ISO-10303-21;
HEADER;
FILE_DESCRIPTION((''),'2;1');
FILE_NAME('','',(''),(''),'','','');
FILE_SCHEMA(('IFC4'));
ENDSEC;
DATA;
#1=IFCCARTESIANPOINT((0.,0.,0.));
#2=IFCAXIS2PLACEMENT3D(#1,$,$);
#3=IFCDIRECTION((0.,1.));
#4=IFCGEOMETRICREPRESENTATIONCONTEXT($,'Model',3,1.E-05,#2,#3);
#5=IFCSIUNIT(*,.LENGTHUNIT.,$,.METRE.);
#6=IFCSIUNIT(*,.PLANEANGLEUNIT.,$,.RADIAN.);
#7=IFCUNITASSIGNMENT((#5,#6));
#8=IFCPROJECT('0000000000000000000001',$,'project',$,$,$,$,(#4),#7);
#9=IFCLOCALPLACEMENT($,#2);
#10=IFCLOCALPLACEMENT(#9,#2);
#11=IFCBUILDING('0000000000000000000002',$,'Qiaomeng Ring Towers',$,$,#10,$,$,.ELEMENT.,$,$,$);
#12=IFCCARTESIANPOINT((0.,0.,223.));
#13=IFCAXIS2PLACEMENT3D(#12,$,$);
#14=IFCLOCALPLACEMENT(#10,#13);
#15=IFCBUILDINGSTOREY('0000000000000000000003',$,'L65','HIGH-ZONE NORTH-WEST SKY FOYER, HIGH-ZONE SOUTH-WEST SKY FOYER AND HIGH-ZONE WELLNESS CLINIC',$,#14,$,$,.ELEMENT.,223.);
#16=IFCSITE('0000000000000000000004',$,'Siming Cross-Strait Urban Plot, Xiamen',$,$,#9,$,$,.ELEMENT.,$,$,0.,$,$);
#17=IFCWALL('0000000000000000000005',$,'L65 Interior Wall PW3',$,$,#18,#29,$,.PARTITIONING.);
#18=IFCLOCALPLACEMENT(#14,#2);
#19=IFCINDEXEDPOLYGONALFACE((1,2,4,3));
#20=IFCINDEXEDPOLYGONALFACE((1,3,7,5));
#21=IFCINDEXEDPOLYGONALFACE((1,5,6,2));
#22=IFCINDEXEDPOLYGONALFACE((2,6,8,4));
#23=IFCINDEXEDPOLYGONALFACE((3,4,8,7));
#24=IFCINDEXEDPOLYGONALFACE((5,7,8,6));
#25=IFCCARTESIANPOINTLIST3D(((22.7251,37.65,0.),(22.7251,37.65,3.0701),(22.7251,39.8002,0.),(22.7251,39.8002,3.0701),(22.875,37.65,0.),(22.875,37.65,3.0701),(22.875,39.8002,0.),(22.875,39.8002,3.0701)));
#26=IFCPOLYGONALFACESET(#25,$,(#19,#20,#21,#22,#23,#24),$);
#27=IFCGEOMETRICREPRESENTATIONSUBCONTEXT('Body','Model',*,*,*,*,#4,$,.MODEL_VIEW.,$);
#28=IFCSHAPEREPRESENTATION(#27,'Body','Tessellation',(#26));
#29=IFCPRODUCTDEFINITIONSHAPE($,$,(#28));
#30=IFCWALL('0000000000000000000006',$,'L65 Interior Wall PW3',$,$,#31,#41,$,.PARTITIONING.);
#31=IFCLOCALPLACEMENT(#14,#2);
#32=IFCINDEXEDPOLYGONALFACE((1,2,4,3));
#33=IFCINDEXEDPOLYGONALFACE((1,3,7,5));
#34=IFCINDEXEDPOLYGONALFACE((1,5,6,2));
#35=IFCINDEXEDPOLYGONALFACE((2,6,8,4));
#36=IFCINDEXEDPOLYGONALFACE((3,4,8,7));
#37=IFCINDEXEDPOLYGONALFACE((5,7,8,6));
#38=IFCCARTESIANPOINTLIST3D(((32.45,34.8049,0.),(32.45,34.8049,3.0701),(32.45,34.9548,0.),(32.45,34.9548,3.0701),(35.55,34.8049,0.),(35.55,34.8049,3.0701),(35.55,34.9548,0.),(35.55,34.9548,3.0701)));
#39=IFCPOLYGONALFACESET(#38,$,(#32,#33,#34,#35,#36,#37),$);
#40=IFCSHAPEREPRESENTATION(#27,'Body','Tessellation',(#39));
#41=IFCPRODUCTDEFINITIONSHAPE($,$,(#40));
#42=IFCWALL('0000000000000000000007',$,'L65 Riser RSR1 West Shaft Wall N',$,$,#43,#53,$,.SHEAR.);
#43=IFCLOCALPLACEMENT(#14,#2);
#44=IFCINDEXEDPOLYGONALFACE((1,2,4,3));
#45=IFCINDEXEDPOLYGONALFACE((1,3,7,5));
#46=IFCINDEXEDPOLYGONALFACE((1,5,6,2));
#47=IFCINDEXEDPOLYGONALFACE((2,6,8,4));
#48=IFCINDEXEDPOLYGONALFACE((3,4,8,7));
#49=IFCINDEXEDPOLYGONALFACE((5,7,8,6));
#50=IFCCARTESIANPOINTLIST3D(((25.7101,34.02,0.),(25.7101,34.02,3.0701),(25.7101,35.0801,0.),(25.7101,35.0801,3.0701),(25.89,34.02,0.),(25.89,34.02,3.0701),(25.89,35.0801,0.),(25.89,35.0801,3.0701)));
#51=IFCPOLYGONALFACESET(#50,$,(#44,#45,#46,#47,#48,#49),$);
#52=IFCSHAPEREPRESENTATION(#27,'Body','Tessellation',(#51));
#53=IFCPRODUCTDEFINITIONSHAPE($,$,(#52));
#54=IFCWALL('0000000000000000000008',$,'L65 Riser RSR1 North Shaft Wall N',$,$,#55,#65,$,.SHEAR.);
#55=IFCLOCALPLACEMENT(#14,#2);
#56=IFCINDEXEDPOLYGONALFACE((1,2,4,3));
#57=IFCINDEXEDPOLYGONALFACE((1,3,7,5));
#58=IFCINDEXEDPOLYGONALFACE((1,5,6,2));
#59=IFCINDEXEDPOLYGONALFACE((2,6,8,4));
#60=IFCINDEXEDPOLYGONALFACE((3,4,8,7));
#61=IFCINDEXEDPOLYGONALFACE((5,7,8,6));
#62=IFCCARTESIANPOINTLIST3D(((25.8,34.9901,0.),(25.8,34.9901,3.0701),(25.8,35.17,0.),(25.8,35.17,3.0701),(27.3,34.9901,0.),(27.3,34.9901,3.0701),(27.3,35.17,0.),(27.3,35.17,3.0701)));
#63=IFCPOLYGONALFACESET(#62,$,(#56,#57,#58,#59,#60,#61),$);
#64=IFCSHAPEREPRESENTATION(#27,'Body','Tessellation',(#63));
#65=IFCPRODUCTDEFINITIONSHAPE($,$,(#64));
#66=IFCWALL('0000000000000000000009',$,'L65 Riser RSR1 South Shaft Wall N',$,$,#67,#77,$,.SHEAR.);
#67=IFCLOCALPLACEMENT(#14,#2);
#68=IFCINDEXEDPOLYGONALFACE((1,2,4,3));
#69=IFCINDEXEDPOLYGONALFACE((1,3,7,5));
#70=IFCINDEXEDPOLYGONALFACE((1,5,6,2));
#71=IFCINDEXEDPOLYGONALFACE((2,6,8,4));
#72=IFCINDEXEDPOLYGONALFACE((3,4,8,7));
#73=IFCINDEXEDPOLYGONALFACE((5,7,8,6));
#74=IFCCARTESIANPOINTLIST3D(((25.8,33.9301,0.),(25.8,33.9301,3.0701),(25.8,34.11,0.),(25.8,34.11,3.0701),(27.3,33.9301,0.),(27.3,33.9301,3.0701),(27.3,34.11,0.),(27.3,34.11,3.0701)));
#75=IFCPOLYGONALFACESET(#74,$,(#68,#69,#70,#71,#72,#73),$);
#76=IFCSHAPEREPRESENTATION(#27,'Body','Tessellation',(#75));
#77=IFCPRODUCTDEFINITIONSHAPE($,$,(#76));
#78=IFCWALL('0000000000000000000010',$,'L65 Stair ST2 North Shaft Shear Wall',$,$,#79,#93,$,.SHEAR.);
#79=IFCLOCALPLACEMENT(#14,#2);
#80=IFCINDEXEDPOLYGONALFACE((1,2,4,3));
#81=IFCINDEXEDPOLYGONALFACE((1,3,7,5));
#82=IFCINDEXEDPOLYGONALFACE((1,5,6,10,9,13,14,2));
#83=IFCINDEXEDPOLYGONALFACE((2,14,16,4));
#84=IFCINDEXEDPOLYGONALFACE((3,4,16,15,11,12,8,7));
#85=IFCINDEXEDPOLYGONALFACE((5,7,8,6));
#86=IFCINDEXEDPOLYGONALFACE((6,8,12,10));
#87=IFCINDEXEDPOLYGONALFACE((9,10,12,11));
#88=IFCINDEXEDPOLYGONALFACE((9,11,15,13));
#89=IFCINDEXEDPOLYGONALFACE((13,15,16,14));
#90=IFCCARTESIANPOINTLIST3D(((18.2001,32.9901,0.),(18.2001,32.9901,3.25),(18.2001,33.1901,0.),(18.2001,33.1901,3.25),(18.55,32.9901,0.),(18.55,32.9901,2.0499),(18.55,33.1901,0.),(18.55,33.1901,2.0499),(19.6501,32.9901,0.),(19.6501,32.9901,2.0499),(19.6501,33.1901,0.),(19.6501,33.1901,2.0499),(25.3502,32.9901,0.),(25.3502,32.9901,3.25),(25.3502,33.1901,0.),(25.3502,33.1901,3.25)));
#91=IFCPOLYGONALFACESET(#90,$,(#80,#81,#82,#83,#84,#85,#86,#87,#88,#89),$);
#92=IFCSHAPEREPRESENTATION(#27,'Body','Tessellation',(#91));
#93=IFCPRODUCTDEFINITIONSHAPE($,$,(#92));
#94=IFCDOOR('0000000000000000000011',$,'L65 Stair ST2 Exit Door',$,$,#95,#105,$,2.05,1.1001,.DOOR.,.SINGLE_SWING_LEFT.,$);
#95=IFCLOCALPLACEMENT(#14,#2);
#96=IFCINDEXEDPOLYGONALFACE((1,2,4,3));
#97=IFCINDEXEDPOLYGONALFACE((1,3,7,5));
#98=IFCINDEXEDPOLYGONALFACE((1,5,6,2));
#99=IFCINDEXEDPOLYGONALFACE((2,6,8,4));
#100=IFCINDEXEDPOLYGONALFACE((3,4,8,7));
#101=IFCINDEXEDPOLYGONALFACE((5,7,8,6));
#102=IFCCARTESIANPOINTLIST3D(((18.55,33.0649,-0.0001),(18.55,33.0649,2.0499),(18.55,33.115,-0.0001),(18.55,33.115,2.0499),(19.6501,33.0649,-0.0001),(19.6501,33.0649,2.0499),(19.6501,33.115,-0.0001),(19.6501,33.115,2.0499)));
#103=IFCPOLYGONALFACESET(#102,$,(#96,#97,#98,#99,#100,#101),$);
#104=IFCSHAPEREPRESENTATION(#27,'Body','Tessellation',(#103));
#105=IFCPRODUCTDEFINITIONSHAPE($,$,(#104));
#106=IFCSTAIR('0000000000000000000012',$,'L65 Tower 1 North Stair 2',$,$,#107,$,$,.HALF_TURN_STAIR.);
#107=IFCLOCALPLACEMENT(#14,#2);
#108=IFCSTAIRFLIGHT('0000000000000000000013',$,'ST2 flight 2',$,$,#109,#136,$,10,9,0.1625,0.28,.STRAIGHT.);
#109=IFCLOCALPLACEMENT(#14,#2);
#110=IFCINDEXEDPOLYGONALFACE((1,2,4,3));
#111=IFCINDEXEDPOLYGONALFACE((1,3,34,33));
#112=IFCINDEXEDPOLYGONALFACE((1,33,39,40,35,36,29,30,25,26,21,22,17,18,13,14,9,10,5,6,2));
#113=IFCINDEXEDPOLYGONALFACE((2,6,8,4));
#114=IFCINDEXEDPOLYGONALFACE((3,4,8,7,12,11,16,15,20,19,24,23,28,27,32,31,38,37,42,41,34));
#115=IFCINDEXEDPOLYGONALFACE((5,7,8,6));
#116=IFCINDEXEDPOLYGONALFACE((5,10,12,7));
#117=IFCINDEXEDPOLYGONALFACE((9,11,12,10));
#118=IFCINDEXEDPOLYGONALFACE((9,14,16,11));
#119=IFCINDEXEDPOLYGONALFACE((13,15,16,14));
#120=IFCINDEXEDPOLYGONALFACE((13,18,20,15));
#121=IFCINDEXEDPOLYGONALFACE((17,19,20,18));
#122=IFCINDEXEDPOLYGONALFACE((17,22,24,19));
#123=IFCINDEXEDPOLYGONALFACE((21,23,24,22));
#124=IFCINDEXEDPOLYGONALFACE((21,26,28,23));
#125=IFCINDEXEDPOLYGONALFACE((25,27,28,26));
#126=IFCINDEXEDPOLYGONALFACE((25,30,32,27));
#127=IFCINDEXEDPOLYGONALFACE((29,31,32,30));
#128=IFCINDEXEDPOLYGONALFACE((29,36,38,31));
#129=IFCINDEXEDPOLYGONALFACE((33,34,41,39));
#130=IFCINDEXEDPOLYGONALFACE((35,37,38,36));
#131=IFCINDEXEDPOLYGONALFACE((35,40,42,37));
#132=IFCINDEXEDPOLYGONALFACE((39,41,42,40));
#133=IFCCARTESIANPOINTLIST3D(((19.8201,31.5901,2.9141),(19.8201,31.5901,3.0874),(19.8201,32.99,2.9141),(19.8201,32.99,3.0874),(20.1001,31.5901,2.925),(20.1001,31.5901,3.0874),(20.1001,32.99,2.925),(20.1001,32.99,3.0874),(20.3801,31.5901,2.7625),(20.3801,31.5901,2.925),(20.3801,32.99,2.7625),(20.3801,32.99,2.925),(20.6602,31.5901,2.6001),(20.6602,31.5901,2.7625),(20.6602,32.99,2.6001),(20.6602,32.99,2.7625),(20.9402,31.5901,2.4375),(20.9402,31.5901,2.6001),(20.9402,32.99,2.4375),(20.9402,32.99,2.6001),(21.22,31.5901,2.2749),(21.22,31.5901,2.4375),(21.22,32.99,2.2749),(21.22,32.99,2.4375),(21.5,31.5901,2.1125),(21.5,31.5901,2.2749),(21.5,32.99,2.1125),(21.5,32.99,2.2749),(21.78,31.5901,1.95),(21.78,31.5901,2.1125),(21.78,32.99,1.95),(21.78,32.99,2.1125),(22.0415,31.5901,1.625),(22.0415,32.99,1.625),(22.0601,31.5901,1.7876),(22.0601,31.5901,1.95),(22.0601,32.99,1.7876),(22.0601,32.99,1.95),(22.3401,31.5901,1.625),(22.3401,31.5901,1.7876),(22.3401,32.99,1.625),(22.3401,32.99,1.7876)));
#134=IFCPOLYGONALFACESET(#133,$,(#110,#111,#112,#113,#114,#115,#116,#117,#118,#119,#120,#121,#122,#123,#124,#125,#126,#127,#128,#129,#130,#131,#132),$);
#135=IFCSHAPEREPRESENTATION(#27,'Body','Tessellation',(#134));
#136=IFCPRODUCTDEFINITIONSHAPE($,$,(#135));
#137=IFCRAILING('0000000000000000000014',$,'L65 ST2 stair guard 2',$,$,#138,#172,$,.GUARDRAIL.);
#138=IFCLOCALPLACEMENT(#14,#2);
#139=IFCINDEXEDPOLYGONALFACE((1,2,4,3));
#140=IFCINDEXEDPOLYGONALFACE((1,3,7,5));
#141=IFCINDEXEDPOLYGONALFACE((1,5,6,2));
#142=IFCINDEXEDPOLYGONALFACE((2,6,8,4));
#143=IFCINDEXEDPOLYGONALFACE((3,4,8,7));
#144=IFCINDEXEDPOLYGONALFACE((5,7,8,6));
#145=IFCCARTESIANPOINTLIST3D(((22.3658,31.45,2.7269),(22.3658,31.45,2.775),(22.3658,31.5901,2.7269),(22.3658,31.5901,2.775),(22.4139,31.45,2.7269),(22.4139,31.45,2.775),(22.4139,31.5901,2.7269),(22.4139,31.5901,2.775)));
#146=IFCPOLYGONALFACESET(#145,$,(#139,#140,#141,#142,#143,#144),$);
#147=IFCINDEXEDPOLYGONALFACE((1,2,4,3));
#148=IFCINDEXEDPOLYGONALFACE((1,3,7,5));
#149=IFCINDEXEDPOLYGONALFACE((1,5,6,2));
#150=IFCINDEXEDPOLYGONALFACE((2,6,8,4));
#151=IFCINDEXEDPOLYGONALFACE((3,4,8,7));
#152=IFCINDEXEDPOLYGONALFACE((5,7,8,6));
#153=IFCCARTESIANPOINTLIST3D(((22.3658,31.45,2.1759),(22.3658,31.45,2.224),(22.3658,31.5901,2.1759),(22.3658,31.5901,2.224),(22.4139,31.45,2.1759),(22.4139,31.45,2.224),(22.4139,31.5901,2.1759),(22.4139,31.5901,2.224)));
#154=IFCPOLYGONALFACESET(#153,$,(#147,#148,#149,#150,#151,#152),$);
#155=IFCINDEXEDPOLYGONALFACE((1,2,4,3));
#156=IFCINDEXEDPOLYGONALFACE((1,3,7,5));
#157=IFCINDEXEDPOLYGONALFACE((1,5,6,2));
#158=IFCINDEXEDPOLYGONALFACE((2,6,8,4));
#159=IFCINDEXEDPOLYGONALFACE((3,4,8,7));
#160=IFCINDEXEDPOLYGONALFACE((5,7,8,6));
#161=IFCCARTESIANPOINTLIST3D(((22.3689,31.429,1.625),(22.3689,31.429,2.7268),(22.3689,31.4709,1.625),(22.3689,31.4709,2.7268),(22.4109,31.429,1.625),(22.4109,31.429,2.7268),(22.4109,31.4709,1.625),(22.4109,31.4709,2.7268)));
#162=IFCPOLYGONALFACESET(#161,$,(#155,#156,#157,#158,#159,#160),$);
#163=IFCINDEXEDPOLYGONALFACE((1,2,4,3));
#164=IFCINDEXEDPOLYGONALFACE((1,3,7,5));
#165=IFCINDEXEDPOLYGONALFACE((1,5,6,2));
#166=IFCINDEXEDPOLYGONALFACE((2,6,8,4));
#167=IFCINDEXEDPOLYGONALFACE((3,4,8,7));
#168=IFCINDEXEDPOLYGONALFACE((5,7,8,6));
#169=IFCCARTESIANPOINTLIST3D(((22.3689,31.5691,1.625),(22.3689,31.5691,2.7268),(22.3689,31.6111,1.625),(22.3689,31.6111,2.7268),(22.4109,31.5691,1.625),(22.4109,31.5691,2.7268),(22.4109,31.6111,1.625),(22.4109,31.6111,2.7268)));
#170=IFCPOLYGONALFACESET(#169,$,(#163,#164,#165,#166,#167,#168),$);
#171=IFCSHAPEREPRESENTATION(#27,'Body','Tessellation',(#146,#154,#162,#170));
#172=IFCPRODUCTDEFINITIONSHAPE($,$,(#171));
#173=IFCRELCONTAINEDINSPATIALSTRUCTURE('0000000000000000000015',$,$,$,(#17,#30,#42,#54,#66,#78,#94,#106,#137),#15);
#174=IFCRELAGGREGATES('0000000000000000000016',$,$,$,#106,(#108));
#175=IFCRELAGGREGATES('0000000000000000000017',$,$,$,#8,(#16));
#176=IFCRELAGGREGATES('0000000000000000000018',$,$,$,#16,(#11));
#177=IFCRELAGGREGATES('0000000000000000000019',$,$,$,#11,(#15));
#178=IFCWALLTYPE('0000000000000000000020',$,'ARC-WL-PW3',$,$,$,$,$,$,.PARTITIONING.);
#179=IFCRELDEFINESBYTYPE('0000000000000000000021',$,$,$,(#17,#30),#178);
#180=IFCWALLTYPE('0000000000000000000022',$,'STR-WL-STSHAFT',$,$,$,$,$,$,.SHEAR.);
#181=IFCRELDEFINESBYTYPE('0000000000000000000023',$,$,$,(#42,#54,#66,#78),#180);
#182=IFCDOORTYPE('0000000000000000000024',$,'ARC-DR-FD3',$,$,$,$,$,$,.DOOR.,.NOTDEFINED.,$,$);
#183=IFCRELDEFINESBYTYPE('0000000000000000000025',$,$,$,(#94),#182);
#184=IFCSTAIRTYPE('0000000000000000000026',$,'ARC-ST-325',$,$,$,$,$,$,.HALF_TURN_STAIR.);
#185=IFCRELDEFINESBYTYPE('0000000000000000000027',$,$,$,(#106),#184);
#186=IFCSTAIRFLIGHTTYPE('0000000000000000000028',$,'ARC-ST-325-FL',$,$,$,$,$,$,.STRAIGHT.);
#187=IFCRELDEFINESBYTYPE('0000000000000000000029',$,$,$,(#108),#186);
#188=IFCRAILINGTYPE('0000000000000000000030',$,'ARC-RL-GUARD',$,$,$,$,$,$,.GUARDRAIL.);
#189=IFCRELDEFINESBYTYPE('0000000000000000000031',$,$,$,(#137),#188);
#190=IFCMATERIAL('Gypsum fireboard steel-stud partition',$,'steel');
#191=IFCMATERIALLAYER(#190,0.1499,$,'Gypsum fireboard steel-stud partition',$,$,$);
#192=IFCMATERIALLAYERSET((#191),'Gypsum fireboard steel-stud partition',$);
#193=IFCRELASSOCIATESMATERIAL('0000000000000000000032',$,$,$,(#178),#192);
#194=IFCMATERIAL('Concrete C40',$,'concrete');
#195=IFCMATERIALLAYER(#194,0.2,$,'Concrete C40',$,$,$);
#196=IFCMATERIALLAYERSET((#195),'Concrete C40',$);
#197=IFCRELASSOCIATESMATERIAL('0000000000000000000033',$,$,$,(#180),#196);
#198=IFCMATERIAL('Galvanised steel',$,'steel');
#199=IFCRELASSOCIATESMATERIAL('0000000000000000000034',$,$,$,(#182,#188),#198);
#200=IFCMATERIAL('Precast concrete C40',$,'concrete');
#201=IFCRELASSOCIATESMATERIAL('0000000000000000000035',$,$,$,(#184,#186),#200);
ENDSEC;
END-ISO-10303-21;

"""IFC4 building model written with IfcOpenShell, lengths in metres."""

from ifc_helpers import new_model, si_unit, direction, frame, frame_2d, origin, origin_2d, place, context, subcontext, project, spatial, polyline, rectangle, outline, extrude, source, transform, mapped, material, layer, layer_set, type_object, element, fill, aggregate, save


model = new_model("IFC4")

# Units and contexts
model_context = context("Model", 3, precision=1e-05, world=origin(), true_north=direction((0.0, 1.0)))
body_context = subcontext(model_context, "Body", "Model", "MODEL_VIEW")
ifc_project = project(units=[si_unit("LENGTHUNIT", "METRE"), si_unit("PLANEANGLEUNIT", "RADIAN")], contexts=[model_context])

# Site, building, storey
site_placement = place(None, origin())
site = spatial("IfcSite", under=ifc_project, at=site_placement, Name="Siming Cross-Strait Urban Plot, Xiamen", CompositionType="ELEMENT", RefElevation=0.0)
building_placement = place(site_placement, origin())
building = spatial("IfcBuilding", under=site, at=building_placement, Name="Qiaomeng Ring Towers", CompositionType="ELEMENT")
storey_placement = place(building_placement, frame((0.0, 0.0, 223.0)))
storey = spatial("IfcBuildingStorey", under=building, at=storey_placement, Name="L65", Description="HIGH-ZONE NORTH-WEST SKY FOYER, HIGH-ZONE SOUTH-WEST SKY FOYER AND HIGH-ZONE WELLNESS CLINIC", CompositionType="ELEMENT", Elevation=223.0)

# Shared definitions
ifc_material_1 = material(Name="Concrete C40", Category="concrete")

# Shared definitions
ifc_material_2 = material(Name="Precast concrete C40", Category="concrete")

# Walls
ifc_material_3 = material(Name="Gypsum fireboard steel-stud partition", Category="steel")
ifc_layer_1 = layer(ifc_material_3, 0.1499, Name="Gypsum fireboard steel-stud partition")
ifc_layer_set_1 = layer_set([ifc_layer_1], Name="Gypsum fireboard steel-stud partition")
wall_type_1 = type_object("IfcWallType", Name="ARC-WL-PW3", PredefinedType="PARTITIONING", material=ifc_layer_set_1)
wall_1_placement = place(storey_placement, frame((22.8, 37.6499, 0.0), z_axis=(0.0, 0.0, 1.0), x_axis=(0.0, 1.0, 0.0)))
element("IfcWall", 1, at=wall_1_placement, inside=storey, type_object=wall_type_1, Name="L65 Interior Wall PW3", PredefinedType="PARTITIONING", context=body_context, shape_type="SweptSolid", body=[
    extrude(rectangle(XDim=2.1501, YDim=0.1499, at=frame_2d((1.0752, 0.0))), origin(), (0.0, 0.0, 1.0), 3.0701),
])
wall_2_placement = place(storey_placement, frame((32.45, 34.8799, 0.0), z_axis=(0.0, 0.0, 1.0), x_axis=(1.0, 0.0, 0.0)))
element("IfcWall", 2, at=wall_2_placement, inside=storey, type_object=wall_type_1, Name="L65 Interior Wall PW3", PredefinedType="PARTITIONING", context=body_context, shape_type="SweptSolid", body=[
    extrude(rectangle(XDim=3.1001, YDim=0.1499, at=frame_2d((1.55, 0.0))), origin(), (0.0, 0.0, 1.0), 3.0701),
])
ifc_layer_2 = layer(ifc_material_1, 0.2, Name="Concrete C40")
ifc_layer_set_2 = layer_set([ifc_layer_2], Name="Concrete C40")
wall_type_2 = type_object("IfcWallType", Name="STR-WL-STSHAFT", PredefinedType="SHEAR", material=ifc_layer_set_2)
wall_3_placement = place(storey_placement, frame((25.8, 34.02, 0.0), z_axis=(0.0, 0.0, 1.0), x_axis=(0.0, 1.0, 0.0)))
element("IfcWall", 3, at=wall_3_placement, inside=storey, type_object=wall_type_2, Name="L65 Riser RSR1 West Shaft Wall N", PredefinedType="SHEAR", context=body_context, shape_type="SweptSolid", body=[
    extrude(rectangle(XDim=1.0601, YDim=0.1799, at=frame_2d((0.53, 0.0))), origin(), (0.0, 0.0, 1.0), 3.0701),
])
for number, where, z_axis, x_axis, name in (
    (4, (25.8, 35.0801, 0.0), (0.0, 0.0, 1.0), (1.0, 0.0, 0.0), "L65 Riser RSR1 North Shaft Wall N"),
    (5, (25.8, 34.02, 0.0), (0.0, 0.0, 1.0), (1.0, 0.0, 0.0), "L65 Riser RSR1 South Shaft Wall N"),
):
    element("IfcWall", number, at=place(storey_placement, frame(where, z_axis=z_axis, x_axis=x_axis)), inside=storey, type_object=wall_type_2, Name=name, PredefinedType="SHEAR", context=body_context, shape_type="SweptSolid", body=[
        extrude(rectangle(XDim=1.5, YDim=0.1799, at=frame_2d((0.75, 0.0))), origin(), (0.0, 0.0, 1.0), 3.0701),
    ])

# Wall, opening, door
wall_4_placement = place(storey_placement, frame((18.2, 33.0901, 0.0), z_axis=(0.0, 0.0, 1.0), x_axis=(1.0, 0.0, 0.0)))
wall_4 = element("IfcWall", 6, at=wall_4_placement, inside=storey, type_object=wall_type_2, Name="L65 Stair ST2 North Shaft Shear Wall", PredefinedType="SHEAR", context=body_context, shape_type="SweptSolid", body=[
    extrude(rectangle(XDim=7.1501, YDim=0.2, at=frame_2d((3.5752, 0.0))), origin(), (0.0, 0.0, 1.0), 3.25),
])
opening_1_placement = place(wall_4_placement, frame((0.3501, 0.0, 0.0)))
opening_1 = element("IfcOpeningElement", 7, at=opening_1_placement, cuts=wall_4, PredefinedType="OPENING", context=body_context, shape_type="SweptSolid", body=[
    extrude(rectangle(XDim=1.1001, YDim=2.05, at=frame_2d((0.55, 1.0249))), frame((0.0, 0.1099, 0.0), z_axis=(0.0, -1.0, 0.0), x_axis=(1.0, 0.0, 0.0)), (0.0, 0.0, 1.0), 0.22),
])
ifc_material_4 = material(Name="Galvanised steel", Category="steel")
door_type_1 = type_object("IfcDoorType", Name="ARC-DR-FD3", OperationType="NOTDEFINED", PredefinedType="DOOR", material=ifc_material_4)
shared_shape_1 = source(origin(), body_context, "Body", "SweptSolid", [
    extrude(rectangle(XDim=1.1001, YDim=2.05, at=frame_2d((0.55, 1.0249))), frame((0.0, 0.0249, 0.0), z_axis=(0.0, -1.0, 0.0), x_axis=(1.0, 0.0, 0.0)), (0.0, 0.0, 1.0), 0.05),
])
door_1_placement = place(opening_1_placement, origin())
door_1 = element("IfcDoor", 8, at=door_1_placement, inside=storey, type_object=door_type_1, Name="L65 Stair ST2 Exit Door", OperationType="SINGLE_SWING_LEFT", OverallHeight=2.05, OverallWidth=1.1001, PredefinedType="DOOR", context=body_context, shape_type="MappedRepresentation", body=[
    mapped(shared_shape_1, transform((0.0, 0.0, 0.0), x_axis=(1.0, 0.0, 0.0), y_axis=(0.0, 1.0, 0.0), z_axis=(0.0, 0.0, 1.0), scale=1.0)),
])
fill(opening_1, door_1)

# Stair, stair flight
stair_type = type_object("IfcStairType", Name="ARC-ST-325", PredefinedType="HALF_TURN_STAIR", material=ifc_material_2)
stair_placement = place(storey_placement, origin())
stair = element("IfcStair", 9, at=stair_placement, inside=storey, type_object=stair_type, Name="L65 Tower 1 North Stair 2", PredefinedType="HALF_TURN_STAIR")
stair_flight_type = type_object("IfcStairFlightType", Name="ARC-ST-325-FL", PredefinedType="STRAIGHT", material=ifc_material_2)
shared_shape_2 = source(origin(), body_context, "Body", "SweptSolid", [
    extrude(outline(polyline([(0.0, 0.0), (0.0, 0.1626), (0.28, 0.1626), (0.28, 0.325), (0.5601, 0.325), (0.5601, 0.4875), (0.8401, 0.4875), (0.8401, 0.6499), (1.1201, 0.6499), (1.1201, 0.8125), (1.3999, 0.8125), (1.3999, 0.9751), (1.6799, 0.9751), (1.6799, 1.1375), (1.96, 1.1375), (1.96, 1.3), (2.24, 1.3), (2.24, 1.4624), (2.52, 1.4624), (2.52, 1.625), (2.52, 1.2891), (0.2986, 0.0), (0.0, 0.0)])), frame((0.0, 0.7, 0.0), z_axis=(0.0, -1.0, 0.0), x_axis=(1.0, 0.0, 0.0)), (0.0, 0.0, 1.0), 1.3999),
])
stair_flight_placement = place(storey_placement, frame((22.3401, 32.29, 1.625), z_axis=(0.0, 0.0, 1.0), x_axis=(-1.0, 0.0, 0.0)))
stair_flight = element("IfcStairFlight", 10, at=stair_flight_placement, type_object=stair_flight_type, Name="ST2 flight 2", NumberOfRisers=10, NumberOfTreads=9, PredefinedType="STRAIGHT", RiserHeight=0.1625, TreadLength=0.28, context=body_context, shape_type="MappedRepresentation", body=[
    mapped(shared_shape_2, transform((0.0, 0.0, 0.0), x_axis=(1.0, 0.0, 0.0), y_axis=(0.0, 1.0, 0.0), z_axis=(0.0, 0.0, 1.0), scale=1.0)),
])
aggregate(stair, [stair_flight])

# Railing
railing_type_1 = type_object("IfcRailingType", Name="ARC-RL-GUARD", PredefinedType="GUARDRAIL", material=ifc_material_4)
railing_1_placement = place(storey_placement, frame((22.3899, 31.45, 1.625)))
element("IfcRailing", 11, at=railing_1_placement, inside=storey, type_object=railing_type_1, Name="L65 ST2 stair guard 2", PredefinedType="GUARDRAIL", context=body_context, shape_type="SweptSolid", body=[
    extrude(rectangle(XDim=0.0481, YDim=0.0481, at=origin_2d()), frame((0.0, 0.0, 1.126), z_axis=(0.0, 1.0, 0.0), x_axis=(-1.0, 0.0, 0.0)), (0.0, 0.0, 1.0), 0.1401),
    extrude(rectangle(XDim=0.0481, YDim=0.0481, at=origin_2d()), frame((0.0, 0.0, 0.575), z_axis=(0.0, 1.0, 0.0), x_axis=(-1.0, 0.0, 0.0)), (0.0, 0.0, 1.0), 0.1401),
    extrude(rectangle(XDim=0.042, YDim=0.042, at=origin_2d()), origin(), (0.0, 0.0, 1.0), 1.1018),
    extrude(rectangle(XDim=0.042, YDim=0.042, at=origin_2d()), frame((0.0, 0.1401, 0.0)), (0.0, 0.0, 1.0), 1.1018),
])

save(model, "model.ifc")
